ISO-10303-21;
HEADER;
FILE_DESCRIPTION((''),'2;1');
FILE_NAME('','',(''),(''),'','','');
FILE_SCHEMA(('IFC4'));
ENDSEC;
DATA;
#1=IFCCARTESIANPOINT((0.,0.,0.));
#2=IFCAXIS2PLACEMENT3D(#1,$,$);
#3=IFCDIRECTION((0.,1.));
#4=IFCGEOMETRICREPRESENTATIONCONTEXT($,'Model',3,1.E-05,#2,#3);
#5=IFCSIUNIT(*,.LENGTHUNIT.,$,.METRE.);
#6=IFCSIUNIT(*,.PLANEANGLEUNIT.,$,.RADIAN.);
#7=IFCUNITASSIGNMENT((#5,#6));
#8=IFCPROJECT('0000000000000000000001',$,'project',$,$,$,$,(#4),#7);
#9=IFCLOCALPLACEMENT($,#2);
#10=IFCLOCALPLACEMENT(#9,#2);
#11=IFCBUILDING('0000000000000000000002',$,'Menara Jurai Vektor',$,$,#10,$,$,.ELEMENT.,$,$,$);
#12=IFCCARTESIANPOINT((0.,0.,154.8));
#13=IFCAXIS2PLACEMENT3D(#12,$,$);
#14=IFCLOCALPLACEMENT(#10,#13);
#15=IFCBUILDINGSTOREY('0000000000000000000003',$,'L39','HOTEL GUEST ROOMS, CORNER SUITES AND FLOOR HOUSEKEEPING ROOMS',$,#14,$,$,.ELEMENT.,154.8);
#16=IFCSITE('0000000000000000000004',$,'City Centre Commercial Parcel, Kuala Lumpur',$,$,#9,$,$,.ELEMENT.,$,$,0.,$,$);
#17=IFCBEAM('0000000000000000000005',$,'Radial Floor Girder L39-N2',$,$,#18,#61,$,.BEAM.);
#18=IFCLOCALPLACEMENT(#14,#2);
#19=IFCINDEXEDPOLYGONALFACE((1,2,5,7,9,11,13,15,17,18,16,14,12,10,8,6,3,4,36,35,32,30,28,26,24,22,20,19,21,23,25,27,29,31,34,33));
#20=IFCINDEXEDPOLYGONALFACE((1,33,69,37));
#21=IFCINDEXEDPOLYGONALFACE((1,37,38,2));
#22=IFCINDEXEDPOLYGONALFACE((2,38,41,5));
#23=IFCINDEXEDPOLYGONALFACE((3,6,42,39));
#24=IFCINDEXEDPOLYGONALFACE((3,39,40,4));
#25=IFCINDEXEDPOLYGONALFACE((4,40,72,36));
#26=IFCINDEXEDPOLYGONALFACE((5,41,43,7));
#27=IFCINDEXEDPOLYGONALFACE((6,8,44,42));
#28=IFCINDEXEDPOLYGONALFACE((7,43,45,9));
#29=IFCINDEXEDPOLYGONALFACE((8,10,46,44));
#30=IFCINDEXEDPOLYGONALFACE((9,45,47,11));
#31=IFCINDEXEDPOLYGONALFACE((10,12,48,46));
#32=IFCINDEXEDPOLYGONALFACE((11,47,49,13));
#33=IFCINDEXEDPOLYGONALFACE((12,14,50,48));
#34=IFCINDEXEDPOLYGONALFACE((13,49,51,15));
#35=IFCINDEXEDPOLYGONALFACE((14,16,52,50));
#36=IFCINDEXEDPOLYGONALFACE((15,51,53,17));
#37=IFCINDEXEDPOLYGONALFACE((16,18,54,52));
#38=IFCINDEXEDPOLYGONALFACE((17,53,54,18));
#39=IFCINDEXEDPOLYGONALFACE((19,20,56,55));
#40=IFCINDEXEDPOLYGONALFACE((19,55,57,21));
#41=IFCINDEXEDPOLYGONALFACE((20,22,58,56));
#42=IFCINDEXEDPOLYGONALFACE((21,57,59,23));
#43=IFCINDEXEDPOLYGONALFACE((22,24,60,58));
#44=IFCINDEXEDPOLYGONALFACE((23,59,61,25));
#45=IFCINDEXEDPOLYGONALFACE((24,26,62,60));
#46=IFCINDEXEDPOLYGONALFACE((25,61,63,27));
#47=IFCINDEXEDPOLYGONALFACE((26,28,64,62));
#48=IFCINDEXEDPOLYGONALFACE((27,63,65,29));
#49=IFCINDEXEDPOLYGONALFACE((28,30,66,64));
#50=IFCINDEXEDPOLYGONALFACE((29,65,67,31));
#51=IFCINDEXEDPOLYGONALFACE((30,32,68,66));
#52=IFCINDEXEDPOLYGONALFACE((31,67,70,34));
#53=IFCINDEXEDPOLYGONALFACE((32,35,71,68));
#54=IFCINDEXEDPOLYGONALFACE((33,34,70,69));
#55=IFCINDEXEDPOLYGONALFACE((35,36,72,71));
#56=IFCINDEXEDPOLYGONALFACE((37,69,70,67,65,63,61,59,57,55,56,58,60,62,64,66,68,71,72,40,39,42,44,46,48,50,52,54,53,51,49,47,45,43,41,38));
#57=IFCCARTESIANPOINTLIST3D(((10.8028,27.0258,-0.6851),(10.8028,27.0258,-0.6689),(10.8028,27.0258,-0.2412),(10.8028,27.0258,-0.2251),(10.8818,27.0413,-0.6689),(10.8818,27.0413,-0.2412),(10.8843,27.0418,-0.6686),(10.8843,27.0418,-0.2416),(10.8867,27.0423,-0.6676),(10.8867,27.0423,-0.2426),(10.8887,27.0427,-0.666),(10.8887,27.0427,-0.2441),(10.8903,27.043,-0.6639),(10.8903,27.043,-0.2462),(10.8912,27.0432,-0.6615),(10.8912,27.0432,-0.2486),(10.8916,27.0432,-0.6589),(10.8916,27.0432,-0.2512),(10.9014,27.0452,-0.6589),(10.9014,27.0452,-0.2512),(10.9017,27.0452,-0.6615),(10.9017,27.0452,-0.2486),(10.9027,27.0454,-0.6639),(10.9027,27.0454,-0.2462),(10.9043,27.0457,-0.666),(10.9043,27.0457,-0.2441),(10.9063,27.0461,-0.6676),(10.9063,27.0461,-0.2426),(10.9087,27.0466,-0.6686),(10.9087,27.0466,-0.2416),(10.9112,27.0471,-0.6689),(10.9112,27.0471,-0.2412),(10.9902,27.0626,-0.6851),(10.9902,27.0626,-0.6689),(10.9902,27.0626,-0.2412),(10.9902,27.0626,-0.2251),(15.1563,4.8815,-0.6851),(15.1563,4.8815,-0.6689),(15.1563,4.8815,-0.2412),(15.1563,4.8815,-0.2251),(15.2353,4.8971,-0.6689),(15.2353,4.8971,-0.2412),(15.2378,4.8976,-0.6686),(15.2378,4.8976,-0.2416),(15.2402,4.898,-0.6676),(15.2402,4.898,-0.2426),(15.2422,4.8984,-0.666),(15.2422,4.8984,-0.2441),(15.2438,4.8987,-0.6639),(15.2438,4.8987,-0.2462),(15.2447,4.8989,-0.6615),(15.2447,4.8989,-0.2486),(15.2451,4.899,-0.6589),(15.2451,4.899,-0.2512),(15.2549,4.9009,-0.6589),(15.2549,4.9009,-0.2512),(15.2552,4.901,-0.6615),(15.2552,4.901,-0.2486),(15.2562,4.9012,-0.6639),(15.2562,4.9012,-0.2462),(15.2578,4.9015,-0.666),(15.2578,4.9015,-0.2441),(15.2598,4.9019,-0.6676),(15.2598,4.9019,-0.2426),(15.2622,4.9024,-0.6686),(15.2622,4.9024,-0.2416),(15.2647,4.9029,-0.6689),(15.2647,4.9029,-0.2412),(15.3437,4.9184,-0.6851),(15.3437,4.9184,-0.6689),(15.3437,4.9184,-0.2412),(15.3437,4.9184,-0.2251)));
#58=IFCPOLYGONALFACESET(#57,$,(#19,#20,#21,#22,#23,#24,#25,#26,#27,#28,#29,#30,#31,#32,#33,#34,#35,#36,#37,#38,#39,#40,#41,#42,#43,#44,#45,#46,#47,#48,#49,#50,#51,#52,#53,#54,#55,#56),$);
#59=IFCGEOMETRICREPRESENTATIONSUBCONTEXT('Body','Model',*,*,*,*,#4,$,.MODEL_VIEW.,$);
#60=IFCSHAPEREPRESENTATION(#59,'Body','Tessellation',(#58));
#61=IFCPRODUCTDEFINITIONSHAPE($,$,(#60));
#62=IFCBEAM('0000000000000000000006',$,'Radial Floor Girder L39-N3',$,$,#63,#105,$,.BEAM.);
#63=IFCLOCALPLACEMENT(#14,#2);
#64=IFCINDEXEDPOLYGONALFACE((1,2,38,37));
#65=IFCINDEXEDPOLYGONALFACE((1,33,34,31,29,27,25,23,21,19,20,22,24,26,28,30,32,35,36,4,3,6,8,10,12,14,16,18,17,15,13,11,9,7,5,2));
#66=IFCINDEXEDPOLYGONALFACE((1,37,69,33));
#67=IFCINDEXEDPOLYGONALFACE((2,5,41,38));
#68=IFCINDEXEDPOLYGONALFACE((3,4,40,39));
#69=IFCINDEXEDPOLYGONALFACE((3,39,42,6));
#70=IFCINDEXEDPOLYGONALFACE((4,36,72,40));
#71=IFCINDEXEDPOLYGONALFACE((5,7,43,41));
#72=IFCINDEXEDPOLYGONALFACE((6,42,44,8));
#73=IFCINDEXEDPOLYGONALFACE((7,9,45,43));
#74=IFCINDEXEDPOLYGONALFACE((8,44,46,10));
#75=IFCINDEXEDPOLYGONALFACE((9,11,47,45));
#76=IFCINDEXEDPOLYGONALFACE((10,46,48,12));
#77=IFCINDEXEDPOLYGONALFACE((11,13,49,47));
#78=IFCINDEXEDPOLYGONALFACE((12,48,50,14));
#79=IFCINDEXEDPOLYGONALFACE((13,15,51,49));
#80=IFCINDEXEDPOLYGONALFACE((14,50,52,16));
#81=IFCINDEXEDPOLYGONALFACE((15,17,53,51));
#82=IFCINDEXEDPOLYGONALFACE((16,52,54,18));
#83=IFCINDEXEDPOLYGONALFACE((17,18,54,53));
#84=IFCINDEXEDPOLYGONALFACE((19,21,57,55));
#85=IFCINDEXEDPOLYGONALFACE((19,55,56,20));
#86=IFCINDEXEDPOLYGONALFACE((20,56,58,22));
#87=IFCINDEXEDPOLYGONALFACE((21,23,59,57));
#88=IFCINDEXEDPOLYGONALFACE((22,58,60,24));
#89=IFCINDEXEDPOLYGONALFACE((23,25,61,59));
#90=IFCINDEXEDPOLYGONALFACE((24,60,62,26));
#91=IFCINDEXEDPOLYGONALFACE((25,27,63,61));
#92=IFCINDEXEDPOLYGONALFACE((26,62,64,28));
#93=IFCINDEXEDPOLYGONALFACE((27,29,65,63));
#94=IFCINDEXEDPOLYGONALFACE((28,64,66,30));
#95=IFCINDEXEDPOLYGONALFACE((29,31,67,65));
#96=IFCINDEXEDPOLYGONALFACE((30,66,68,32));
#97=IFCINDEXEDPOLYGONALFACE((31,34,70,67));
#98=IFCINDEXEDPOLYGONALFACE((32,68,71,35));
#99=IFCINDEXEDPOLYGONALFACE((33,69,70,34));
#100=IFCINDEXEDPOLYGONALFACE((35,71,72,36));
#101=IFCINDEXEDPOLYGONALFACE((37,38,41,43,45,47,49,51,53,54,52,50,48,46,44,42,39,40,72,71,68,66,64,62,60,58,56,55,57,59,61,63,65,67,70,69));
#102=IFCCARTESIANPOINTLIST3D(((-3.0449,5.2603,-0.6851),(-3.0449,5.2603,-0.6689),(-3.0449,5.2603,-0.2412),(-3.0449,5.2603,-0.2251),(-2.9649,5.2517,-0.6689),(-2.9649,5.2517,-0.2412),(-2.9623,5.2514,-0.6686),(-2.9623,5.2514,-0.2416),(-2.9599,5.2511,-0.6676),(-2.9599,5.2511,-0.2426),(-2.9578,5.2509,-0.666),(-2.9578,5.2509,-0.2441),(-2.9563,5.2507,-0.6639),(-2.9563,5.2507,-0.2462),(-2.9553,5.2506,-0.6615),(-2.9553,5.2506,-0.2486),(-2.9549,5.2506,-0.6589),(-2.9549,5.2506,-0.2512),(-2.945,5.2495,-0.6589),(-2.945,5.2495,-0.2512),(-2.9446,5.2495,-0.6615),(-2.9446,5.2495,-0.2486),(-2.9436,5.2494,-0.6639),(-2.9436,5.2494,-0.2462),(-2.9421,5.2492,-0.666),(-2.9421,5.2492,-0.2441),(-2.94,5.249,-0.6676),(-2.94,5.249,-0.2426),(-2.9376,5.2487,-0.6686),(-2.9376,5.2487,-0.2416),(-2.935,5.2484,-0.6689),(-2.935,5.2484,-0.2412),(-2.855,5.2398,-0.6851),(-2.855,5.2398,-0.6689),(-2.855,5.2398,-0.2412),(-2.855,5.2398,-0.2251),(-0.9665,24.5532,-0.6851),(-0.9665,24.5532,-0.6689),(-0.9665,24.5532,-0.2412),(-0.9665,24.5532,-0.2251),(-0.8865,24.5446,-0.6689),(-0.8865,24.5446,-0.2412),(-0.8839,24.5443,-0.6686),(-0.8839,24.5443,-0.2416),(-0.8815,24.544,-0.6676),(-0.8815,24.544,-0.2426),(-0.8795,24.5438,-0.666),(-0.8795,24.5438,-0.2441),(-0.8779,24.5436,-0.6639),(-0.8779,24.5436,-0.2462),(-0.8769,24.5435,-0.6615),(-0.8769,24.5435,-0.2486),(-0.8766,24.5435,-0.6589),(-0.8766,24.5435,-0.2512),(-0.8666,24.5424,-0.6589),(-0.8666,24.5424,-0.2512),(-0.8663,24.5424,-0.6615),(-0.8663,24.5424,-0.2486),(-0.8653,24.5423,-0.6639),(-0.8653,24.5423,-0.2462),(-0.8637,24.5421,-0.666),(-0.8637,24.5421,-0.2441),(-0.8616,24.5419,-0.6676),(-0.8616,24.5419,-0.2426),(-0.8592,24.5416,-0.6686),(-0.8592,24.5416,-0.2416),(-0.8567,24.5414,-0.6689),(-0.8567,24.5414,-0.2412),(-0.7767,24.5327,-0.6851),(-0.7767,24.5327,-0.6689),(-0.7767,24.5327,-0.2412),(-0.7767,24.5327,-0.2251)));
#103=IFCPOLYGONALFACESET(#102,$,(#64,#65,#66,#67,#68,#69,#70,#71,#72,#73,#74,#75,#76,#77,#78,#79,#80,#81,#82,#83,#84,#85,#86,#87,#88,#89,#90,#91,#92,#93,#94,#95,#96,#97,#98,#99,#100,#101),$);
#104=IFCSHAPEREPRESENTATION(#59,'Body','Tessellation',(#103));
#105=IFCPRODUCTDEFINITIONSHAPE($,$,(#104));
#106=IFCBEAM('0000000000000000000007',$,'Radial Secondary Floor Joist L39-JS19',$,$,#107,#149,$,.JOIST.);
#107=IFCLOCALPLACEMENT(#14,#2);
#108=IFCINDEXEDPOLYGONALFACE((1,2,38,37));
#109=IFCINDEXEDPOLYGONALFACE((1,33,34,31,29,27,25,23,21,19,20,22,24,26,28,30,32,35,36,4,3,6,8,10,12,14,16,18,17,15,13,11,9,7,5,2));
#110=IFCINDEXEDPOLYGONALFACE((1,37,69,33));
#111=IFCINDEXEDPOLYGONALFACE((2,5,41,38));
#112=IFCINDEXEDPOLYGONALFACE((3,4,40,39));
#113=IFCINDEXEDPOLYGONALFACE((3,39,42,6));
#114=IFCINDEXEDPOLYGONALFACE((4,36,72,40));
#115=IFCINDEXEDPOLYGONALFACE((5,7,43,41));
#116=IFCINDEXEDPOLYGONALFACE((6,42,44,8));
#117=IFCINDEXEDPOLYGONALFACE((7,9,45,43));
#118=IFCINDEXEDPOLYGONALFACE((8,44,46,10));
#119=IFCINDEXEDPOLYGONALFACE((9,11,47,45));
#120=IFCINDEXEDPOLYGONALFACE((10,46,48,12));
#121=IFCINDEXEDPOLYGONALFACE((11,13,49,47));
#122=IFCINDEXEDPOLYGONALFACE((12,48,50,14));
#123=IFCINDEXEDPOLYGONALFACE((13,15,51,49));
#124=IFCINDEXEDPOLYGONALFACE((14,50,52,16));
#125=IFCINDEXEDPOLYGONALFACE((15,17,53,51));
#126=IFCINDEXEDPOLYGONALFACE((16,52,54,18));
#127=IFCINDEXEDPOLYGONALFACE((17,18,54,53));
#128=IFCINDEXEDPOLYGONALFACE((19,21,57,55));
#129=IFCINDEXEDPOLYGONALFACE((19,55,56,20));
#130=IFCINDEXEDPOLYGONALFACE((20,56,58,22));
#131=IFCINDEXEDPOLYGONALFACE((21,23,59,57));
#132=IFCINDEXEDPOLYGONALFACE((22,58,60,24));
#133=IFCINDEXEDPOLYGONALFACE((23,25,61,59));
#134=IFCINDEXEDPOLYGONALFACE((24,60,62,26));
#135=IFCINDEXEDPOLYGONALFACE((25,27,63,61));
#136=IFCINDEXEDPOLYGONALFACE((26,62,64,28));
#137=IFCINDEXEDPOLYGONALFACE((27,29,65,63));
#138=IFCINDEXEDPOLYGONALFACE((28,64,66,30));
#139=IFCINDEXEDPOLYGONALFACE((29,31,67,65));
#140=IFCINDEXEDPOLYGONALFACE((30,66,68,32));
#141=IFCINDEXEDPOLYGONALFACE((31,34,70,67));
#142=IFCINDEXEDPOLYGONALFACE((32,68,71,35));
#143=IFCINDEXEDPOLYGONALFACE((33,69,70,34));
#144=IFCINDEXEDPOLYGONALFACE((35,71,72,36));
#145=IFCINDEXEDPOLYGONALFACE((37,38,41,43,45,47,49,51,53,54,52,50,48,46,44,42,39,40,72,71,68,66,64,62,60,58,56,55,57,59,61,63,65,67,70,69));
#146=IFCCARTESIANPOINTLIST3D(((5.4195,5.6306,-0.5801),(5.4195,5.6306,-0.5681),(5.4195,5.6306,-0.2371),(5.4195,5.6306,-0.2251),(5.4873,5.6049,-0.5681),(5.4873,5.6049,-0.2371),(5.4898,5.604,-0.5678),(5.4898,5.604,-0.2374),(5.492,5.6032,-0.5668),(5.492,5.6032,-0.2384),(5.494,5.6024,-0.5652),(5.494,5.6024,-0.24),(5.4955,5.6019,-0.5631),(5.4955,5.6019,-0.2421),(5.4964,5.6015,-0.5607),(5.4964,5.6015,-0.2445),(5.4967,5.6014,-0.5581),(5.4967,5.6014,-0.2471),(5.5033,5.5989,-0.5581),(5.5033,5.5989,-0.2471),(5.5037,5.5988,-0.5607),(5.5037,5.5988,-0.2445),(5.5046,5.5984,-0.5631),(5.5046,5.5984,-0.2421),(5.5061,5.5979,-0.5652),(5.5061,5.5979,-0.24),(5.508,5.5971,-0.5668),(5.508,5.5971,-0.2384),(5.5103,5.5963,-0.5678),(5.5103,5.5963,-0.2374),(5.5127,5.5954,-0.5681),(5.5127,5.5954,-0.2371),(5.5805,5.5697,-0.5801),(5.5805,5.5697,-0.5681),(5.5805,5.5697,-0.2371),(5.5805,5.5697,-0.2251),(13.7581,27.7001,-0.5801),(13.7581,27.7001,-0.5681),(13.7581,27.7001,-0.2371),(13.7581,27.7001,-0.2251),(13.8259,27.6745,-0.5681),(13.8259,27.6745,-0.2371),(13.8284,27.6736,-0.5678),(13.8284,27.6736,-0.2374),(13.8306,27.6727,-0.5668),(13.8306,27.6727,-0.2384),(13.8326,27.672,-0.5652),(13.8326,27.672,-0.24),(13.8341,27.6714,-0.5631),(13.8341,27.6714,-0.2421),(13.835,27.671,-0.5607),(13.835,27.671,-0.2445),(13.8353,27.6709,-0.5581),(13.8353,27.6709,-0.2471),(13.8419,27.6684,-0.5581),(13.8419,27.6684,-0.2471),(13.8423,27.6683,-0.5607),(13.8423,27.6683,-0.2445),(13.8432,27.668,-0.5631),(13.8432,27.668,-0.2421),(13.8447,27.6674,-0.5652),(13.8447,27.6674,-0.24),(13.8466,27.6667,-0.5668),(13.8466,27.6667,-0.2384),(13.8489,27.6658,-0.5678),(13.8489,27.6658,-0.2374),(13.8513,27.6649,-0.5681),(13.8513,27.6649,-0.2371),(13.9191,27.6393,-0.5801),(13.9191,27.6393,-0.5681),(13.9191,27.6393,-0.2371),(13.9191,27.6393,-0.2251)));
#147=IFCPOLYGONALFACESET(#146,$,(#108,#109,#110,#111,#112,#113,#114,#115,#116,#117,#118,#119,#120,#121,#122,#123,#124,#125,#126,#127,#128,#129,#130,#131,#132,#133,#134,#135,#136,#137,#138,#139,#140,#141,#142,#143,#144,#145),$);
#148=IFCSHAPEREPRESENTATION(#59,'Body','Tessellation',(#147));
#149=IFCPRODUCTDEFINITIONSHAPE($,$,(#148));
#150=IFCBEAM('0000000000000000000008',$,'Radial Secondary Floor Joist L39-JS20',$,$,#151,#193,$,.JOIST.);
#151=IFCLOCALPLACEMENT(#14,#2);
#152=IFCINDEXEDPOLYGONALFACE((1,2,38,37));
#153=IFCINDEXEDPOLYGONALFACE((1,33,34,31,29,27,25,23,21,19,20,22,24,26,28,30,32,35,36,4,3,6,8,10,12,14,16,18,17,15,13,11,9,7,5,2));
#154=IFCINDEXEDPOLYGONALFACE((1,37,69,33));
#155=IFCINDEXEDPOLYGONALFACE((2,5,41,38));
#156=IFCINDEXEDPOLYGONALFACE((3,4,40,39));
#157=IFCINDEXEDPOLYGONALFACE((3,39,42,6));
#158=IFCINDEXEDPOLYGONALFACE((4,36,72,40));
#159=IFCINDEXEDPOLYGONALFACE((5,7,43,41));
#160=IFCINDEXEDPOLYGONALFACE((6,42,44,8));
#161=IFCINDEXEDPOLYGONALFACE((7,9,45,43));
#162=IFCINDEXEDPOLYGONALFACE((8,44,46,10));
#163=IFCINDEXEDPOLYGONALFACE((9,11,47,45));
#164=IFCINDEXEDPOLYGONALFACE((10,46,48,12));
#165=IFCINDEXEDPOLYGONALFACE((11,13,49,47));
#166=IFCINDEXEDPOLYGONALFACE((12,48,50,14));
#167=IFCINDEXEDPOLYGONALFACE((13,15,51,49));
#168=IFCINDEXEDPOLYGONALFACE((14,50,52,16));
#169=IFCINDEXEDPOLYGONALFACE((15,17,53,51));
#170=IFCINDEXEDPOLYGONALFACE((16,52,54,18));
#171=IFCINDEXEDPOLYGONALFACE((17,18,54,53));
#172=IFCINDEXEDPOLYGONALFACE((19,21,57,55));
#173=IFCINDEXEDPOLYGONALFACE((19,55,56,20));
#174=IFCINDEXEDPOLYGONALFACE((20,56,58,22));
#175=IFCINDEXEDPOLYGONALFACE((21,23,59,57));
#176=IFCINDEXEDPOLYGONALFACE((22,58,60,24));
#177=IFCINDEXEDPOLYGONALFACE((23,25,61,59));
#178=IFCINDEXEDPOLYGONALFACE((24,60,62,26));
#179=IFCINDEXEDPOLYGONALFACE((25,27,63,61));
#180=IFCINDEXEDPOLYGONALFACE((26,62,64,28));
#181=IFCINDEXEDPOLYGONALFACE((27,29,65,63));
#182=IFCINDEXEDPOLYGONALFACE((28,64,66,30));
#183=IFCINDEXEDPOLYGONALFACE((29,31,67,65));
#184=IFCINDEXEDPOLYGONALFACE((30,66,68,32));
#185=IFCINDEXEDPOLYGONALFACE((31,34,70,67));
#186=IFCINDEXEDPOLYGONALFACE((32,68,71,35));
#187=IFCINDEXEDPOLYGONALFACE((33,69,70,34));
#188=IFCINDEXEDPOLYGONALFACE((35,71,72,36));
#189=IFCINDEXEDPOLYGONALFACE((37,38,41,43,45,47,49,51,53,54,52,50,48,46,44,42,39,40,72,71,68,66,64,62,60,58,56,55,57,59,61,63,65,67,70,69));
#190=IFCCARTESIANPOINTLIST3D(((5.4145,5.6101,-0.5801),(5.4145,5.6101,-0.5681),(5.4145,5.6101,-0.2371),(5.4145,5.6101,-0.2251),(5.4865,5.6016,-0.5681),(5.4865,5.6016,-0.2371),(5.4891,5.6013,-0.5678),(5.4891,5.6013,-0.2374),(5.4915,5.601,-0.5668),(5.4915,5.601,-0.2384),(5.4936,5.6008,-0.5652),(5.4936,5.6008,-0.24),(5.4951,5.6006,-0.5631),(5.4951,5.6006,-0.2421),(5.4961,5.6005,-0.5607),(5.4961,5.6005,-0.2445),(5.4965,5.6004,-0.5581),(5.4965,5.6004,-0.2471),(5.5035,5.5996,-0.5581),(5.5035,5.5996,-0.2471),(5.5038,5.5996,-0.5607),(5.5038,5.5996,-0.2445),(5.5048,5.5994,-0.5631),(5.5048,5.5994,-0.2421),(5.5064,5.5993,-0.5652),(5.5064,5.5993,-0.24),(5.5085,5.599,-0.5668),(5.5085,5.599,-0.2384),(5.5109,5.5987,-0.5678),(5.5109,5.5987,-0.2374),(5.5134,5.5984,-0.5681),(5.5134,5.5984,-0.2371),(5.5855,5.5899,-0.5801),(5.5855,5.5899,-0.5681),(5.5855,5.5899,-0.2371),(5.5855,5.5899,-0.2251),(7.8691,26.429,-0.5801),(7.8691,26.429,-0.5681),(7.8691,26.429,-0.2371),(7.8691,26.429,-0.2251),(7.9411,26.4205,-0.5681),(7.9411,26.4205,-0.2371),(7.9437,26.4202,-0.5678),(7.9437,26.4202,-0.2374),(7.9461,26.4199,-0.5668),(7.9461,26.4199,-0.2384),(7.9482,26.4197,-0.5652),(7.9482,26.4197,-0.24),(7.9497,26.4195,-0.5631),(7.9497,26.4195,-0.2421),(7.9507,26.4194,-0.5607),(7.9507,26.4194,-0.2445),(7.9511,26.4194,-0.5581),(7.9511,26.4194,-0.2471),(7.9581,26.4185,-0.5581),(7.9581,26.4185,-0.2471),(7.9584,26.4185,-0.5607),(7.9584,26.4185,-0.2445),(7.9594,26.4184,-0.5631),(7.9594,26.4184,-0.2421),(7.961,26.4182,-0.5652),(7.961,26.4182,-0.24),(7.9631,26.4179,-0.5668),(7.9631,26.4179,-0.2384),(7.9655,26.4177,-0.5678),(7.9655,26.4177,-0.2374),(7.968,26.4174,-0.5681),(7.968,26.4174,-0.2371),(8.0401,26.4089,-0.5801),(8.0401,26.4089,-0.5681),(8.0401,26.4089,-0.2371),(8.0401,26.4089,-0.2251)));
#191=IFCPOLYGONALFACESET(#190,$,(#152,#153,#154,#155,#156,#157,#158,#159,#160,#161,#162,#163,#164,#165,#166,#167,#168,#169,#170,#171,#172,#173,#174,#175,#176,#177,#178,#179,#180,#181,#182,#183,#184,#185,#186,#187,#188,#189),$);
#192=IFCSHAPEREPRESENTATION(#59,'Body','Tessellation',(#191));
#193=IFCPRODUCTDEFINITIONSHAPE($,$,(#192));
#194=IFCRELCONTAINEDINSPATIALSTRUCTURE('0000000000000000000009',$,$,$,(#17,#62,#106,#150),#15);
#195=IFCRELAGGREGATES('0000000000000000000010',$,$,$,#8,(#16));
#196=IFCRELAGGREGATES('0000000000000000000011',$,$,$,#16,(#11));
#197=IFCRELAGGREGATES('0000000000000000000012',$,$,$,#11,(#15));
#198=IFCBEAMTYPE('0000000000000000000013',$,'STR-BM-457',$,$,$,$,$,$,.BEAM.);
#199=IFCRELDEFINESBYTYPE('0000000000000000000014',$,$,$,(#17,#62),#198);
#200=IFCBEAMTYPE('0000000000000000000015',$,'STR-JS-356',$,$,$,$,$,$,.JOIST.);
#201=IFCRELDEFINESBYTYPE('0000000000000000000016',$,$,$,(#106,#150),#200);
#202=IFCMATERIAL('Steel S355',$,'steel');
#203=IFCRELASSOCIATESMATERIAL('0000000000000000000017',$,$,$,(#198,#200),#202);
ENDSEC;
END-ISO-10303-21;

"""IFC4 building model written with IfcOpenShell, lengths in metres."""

from ifc_helpers import new_model, si_unit, direction, frame, origin, origin_2d, place, context, subcontext, project, spatial, i_section, extrude, material, material_profile, profile_set, type_object, element, save


model = new_model("IFC4")

# Units and contexts
model_context = context("Model", 3, precision=1e-05, world=origin(), true_north=direction((0.0, 1.0)))
body_context = subcontext(model_context, "Body", "Model", "MODEL_VIEW")
ifc_project = project(units=[si_unit("LENGTHUNIT", "METRE"), si_unit("PLANEANGLEUNIT", "RADIAN")], contexts=[model_context])

# Site, building, storey
site_placement = place(None, origin())
site = spatial("IfcSite", under=ifc_project, at=site_placement, Name="City Centre Commercial Parcel, Kuala Lumpur", CompositionType="ELEMENT", RefElevation=0.0)
building_placement = place(site_placement, origin())
building = spatial("IfcBuilding", under=site, at=building_placement, Name="Menara Jurai Vektor", CompositionType="ELEMENT")
storey_placement = place(building_placement, frame((0.0, 0.0, 154.8)))
storey = spatial("IfcBuildingStorey", under=building, at=storey_placement, Name="L39", Description="HOTEL GUEST ROOMS, CORNER SUITES AND FLOOR HOUSEKEEPING ROOMS", CompositionType="ELEMENT", Elevation=154.8)

# Beams
ifc_material_1 = material(Name="Steel S355", Category="steel")
ifc_material_profile_1 = material_profile(ifc_material_1, i_section(OverallWidth=0.1909, OverallDepth=0.46, WebThickness=0.01, FlangeThickness=0.0161, FilletRadius=0.01, at=origin_2d()), Name="UKB 457x191x82")
ifc_profile_set_1 = profile_set([ifc_material_profile_1], Name="Steel S355")
beam_type_1 = type_object("IfcBeamType", Name="STR-BM-457", PredefinedType="BEAM", material=ifc_profile_set_1)
beam_1_placement = place(storey_placement, frame((10.8965, 27.0442, -0.4551), z_axis=(0.192905, -0.981217, 0.0), x_axis=(0.981217, 0.192905, 0.0)))
element("IfcBeam", 1, at=beam_1_placement, inside=storey, type_object=beam_type_1, Name="Radial Floor Girder L39-N2", PredefinedType="BEAM", context=body_context, shape_type="SweptSolid", body=[
    extrude(i_section(OverallWidth=0.1909, OverallDepth=0.46, WebThickness=0.01, FlangeThickness=0.0161, FilletRadius=0.01, at=origin_2d()), origin(), (0.0, 0.0, 1.0), 22.5681),
])
beam_2_placement = place(storey_placement, frame((-0.8716, 24.543, -0.4551), z_axis=(-0.107107, -0.994247, 0.0), x_axis=(0.994247, -0.107107, 0.0)))
element("IfcBeam", 2, at=beam_2_placement, inside=storey, type_object=beam_type_1, Name="Radial Floor Girder L39-N3", PredefinedType="BEAM", context=body_context, shape_type="SweptSolid", body=[
    extrude(i_section(OverallWidth=0.1909, OverallDepth=0.46, WebThickness=0.01, FlangeThickness=0.0161, FilletRadius=0.01, at=origin_2d()), origin(), (0.0, 0.0, 1.0), 19.4045),
])
ifc_material_profile_2 = material_profile(ifc_material_1, i_section(OverallWidth=0.1721, OverallDepth=0.355, WebThickness=0.0071, FlangeThickness=0.012, FilletRadius=0.01, at=origin_2d()), Name="UKB 356x171x51")
ifc_profile_set_2 = profile_set([ifc_material_profile_2], Name="Steel S355")
beam_type_2 = type_object("IfcBeamType", Name="STR-JS-356", PredefinedType="JOIST", material=ifc_profile_set_2)
beam_3_placement = place(storey_placement, frame((13.8386, 27.6697, -0.4026), z_axis=(-0.353446, -0.935455, 0.0), x_axis=(0.935455, -0.353446, 0.0)))
element("IfcBeam", 3, at=beam_3_placement, inside=storey, type_object=beam_type_2, Name="Radial Secondary Floor Joist L39-JS19", PredefinedType="JOIST", context=body_context, shape_type="SweptSolid", body=[
    extrude(i_section(OverallWidth=0.1721, OverallDepth=0.355, WebThickness=0.0071, FlangeThickness=0.012, FilletRadius=0.01, at=origin_2d()), origin(), (0.0, 0.0, 1.0), 23.5923),
])
beam_4_placement = place(storey_placement, frame((7.9546, 26.4189, -0.4026), z_axis=(-0.117091, -0.993121, 0.0), x_axis=(0.993121, -0.117091, 0.0)))
element("IfcBeam", 4, at=beam_4_placement, inside=storey, type_object=beam_type_2, Name="Radial Secondary Floor Joist L39-JS20", PredefinedType="JOIST", context=body_context, shape_type="SweptSolid", body=[
    extrude(i_section(OverallWidth=0.1721, OverallDepth=0.355, WebThickness=0.0071, FlangeThickness=0.012, FilletRadius=0.01, at=origin_2d()), origin(), (0.0, 0.0, 1.0), 20.9631),
])

save(model, "model.ifc")
